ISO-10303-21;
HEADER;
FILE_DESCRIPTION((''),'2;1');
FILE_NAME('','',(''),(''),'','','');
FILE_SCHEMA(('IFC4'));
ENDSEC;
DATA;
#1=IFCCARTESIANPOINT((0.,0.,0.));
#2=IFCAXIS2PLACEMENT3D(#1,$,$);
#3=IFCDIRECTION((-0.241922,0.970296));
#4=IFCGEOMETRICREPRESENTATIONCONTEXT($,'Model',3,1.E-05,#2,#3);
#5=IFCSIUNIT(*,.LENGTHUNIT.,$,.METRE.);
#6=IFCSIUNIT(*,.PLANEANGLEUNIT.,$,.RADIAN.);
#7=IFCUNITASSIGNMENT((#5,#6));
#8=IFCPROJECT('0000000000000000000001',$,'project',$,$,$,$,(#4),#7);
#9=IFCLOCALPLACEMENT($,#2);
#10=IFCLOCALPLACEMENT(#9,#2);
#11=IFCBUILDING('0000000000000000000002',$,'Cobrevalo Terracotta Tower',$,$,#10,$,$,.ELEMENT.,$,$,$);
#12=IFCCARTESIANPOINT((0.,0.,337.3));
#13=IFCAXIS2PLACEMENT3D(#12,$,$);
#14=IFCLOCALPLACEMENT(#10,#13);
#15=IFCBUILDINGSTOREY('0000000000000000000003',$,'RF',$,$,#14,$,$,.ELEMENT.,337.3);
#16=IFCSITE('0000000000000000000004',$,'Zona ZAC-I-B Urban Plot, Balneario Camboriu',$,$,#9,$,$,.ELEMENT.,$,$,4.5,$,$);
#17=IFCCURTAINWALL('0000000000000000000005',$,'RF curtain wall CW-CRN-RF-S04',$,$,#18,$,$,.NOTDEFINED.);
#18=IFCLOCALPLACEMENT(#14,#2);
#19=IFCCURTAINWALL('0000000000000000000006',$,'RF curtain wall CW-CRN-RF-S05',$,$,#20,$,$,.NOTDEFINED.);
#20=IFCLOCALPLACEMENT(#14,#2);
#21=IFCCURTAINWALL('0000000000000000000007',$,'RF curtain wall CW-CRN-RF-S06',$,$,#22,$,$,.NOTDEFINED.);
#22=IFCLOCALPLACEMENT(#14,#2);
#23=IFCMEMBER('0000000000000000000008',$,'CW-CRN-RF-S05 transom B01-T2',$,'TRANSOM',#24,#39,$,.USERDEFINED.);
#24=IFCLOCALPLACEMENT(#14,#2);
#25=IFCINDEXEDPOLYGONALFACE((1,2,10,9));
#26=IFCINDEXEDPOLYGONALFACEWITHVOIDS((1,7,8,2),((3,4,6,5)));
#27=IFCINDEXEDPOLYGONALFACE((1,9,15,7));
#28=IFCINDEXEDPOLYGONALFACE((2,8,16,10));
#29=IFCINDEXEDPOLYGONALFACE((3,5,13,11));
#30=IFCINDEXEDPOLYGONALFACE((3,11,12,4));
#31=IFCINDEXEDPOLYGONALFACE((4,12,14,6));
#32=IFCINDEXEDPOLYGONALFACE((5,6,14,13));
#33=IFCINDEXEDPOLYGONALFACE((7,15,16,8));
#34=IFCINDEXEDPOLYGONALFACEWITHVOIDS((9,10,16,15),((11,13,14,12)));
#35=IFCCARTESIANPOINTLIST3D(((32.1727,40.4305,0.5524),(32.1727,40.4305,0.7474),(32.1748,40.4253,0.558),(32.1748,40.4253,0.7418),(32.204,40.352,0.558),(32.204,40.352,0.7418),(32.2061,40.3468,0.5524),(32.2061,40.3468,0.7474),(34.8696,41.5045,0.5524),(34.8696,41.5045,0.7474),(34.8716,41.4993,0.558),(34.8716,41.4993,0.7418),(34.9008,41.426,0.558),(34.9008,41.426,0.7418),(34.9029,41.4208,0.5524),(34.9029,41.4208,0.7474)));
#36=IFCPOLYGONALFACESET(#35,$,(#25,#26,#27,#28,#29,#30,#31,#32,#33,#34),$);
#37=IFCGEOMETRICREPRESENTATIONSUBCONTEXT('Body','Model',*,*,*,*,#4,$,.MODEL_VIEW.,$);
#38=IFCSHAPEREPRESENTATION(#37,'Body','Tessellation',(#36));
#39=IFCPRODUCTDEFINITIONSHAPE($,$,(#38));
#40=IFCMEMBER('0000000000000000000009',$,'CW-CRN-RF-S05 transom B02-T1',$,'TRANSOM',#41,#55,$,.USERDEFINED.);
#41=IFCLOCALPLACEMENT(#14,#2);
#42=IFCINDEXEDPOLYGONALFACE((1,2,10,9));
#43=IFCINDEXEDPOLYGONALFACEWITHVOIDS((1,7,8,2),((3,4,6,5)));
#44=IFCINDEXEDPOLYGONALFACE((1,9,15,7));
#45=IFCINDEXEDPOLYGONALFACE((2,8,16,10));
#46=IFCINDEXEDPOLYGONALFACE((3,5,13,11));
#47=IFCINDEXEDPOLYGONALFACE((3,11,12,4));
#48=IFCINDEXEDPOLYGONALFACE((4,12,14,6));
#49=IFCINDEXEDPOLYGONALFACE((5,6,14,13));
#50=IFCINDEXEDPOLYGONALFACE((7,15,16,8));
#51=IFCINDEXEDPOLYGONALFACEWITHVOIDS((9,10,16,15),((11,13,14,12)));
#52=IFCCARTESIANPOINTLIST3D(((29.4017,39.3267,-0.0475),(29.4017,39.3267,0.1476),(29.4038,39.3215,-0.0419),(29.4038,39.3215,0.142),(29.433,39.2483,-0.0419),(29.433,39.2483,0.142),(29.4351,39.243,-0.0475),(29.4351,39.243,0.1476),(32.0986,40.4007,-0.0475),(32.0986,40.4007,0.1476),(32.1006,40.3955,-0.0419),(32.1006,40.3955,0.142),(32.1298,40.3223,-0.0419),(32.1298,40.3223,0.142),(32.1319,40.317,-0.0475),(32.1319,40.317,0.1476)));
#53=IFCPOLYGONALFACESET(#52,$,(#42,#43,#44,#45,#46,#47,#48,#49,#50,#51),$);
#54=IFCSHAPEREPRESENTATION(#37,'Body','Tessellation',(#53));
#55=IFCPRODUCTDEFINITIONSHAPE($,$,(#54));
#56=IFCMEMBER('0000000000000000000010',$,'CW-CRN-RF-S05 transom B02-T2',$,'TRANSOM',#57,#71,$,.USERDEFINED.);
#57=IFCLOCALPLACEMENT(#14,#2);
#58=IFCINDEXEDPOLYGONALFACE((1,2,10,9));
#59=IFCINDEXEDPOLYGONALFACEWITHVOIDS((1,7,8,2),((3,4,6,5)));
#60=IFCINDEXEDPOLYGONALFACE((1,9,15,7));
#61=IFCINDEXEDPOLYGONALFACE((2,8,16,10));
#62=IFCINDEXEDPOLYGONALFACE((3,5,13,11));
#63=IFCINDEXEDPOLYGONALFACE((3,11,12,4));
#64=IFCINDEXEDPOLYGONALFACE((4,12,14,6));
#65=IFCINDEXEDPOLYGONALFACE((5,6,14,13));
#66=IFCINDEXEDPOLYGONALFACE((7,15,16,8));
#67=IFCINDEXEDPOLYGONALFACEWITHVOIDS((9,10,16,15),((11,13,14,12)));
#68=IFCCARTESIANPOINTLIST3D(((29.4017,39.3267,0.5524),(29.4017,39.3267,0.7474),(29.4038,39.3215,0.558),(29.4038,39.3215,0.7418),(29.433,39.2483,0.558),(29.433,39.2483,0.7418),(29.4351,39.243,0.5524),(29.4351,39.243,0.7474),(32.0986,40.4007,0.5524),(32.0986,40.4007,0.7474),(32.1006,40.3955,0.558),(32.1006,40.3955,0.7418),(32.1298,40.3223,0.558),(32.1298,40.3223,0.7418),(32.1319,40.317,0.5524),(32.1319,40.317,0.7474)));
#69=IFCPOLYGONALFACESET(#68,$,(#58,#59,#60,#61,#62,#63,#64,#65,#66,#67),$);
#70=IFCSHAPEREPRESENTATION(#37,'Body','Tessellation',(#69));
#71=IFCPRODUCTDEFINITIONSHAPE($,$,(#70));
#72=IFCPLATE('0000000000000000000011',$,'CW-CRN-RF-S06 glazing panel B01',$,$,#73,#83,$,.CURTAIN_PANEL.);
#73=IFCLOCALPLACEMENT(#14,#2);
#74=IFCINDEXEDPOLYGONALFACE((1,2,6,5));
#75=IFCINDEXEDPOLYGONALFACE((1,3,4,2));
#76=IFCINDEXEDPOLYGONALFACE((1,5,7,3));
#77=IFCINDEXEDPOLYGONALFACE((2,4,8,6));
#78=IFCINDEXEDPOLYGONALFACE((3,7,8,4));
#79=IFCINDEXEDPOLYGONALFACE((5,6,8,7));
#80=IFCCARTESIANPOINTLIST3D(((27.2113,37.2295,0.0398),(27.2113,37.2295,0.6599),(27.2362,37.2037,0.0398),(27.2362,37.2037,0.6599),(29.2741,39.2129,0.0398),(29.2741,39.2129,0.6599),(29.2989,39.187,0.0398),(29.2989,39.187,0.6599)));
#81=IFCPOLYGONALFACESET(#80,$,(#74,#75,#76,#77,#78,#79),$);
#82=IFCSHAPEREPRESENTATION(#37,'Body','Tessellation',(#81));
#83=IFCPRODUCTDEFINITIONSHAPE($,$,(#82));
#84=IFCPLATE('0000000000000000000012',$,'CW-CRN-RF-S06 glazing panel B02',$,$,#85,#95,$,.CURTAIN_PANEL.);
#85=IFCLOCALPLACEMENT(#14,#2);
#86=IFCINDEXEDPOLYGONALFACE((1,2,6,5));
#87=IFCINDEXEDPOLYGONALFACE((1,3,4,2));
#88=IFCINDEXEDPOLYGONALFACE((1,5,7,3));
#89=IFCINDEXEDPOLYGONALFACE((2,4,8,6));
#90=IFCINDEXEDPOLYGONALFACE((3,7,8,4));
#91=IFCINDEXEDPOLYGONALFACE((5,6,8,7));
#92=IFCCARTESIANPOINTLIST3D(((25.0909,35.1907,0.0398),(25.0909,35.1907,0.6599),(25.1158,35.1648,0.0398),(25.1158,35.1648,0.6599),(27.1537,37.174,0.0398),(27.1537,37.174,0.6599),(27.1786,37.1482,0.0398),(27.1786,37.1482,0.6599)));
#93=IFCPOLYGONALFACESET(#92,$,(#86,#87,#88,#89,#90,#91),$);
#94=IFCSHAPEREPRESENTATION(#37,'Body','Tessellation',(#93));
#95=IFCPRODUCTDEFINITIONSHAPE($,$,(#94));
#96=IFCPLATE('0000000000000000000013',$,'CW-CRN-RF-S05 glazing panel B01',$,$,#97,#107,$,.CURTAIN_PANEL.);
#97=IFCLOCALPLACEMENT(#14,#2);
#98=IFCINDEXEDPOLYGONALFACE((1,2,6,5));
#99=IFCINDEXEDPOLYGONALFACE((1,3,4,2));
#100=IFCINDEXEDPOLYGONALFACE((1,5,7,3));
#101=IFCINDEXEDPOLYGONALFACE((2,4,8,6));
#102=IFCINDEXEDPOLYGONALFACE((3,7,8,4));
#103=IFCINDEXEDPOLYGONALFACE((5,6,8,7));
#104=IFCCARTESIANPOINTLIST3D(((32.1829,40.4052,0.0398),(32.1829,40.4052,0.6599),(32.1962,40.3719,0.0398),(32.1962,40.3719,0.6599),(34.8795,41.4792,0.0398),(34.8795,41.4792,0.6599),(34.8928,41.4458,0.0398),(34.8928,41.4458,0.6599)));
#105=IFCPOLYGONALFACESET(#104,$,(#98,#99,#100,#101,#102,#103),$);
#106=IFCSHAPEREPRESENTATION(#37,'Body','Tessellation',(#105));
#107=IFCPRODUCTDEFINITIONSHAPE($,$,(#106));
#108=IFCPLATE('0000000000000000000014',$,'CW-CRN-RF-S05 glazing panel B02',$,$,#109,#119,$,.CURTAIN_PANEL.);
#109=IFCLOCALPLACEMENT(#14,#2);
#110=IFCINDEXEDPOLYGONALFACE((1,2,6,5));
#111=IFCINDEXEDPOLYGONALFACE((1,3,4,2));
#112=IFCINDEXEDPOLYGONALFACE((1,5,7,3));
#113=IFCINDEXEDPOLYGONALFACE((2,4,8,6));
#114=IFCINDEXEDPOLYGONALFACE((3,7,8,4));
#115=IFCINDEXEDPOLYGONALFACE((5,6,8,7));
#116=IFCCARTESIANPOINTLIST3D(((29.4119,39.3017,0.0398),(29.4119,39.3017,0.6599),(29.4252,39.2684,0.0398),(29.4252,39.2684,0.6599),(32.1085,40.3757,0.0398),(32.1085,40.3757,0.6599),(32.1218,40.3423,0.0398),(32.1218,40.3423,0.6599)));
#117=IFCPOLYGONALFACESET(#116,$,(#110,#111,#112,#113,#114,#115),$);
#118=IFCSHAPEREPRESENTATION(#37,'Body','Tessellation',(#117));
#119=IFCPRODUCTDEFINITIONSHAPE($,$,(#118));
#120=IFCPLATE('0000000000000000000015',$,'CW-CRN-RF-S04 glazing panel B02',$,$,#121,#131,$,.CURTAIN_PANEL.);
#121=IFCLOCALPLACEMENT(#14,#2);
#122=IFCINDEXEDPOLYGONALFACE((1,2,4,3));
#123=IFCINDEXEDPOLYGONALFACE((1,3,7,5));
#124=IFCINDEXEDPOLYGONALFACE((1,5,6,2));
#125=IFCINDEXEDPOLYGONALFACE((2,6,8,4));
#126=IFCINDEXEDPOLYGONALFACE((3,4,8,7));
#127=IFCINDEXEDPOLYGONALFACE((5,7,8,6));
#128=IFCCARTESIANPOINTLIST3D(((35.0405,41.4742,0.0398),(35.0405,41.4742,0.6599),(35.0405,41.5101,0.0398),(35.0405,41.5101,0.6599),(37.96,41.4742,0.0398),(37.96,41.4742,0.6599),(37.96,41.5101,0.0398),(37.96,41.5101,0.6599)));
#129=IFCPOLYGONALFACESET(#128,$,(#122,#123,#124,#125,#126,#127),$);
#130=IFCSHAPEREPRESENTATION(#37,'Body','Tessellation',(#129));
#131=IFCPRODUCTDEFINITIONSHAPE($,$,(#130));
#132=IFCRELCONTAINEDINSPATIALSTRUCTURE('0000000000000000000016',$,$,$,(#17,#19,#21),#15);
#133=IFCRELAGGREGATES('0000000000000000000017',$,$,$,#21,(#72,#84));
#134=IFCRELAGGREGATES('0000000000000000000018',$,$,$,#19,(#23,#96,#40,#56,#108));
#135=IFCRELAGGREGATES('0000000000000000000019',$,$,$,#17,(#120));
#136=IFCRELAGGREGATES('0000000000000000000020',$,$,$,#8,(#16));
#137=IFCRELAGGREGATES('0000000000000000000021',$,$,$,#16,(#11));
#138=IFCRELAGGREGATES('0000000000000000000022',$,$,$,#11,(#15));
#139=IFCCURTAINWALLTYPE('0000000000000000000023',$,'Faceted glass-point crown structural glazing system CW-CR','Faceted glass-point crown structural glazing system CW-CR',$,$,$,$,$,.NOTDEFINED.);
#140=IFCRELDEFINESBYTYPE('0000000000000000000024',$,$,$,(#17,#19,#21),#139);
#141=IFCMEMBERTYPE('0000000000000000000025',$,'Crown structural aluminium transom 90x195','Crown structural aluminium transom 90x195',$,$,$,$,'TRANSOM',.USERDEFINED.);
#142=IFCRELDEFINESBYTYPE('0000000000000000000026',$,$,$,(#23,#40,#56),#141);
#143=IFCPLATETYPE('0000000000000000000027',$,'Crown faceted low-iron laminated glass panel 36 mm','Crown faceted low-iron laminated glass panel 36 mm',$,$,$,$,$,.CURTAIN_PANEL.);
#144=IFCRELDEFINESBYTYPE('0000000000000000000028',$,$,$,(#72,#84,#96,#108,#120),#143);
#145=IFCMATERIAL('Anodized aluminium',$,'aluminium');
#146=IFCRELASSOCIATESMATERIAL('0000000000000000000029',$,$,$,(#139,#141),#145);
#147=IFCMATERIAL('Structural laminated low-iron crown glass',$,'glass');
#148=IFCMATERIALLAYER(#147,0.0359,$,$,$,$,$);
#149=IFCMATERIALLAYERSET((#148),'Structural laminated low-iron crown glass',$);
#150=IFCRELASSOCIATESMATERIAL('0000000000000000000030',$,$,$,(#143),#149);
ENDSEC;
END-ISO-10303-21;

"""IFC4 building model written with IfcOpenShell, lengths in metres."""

from ifc_helpers import new_model, si_unit, direction, frame, origin, origin_2d, place, context, subcontext, project, spatial, rectangle, hollow_rectangle, extrude, source, transform, mapped, material, layer, layer_set, material_profile, profile_set, type_object, element, aggregate, save


model = new_model("IFC4")

# Units and contexts
model_context = context("Model", 3, precision=1e-05, world=origin(), true_north=direction((-0.241922, 0.970296)))
body_context = subcontext(model_context, "Body", "Model", "MODEL_VIEW")
ifc_project = project(units=[si_unit("LENGTHUNIT", "METRE"), si_unit("PLANEANGLEUNIT", "RADIAN")], contexts=[model_context])

# Site, building, storey
site_placement = place(None, origin())
site = spatial("IfcSite", under=ifc_project, at=site_placement, Name="Zona ZAC-I-B Urban Plot, Balneario Camboriu", CompositionType="ELEMENT", RefElevation=4.5)
building_placement = place(site_placement, origin())
building = spatial("IfcBuilding", under=site, at=building_placement, Name="Cobrevalo Terracotta Tower", CompositionType="ELEMENT")
storey_placement = place(building_placement, frame((0.0, 0.0, 337.3)))
storey = spatial("IfcBuildingStorey", under=building, at=storey_placement, Name="RF", CompositionType="ELEMENT", Elevation=337.3)

# Curtain wall
ifc_material_1 = material(Name="Anodized aluminium", Category="aluminium")
curtain_wall_type = type_object("IfcCurtainWallType", Name="Faceted glass-point crown structural glazing system CW-CR", Description="Faceted glass-point crown structural glazing system CW-CR", PredefinedType="NOTDEFINED", material=ifc_material_1)
curtain_wall_1_placement = place(storey_placement, origin())
curtain_wall_1 = element("IfcCurtainWall", 1, at=curtain_wall_1_placement, inside=storey, type_object=curtain_wall_type, Name="RF curtain wall CW-CRN-RF-S04", PredefinedType="NOTDEFINED")

# Curtain walls
curtain_wall_2_placement = place(storey_placement, origin())
curtain_wall_2 = element("IfcCurtainWall", 2, at=curtain_wall_2_placement, inside=storey, type_object=curtain_wall_type, Name="RF curtain wall CW-CRN-RF-S05", PredefinedType="NOTDEFINED")
curtain_wall_3_placement = place(storey_placement, origin())
curtain_wall_3 = element("IfcCurtainWall", 3, at=curtain_wall_3_placement, inside=storey, type_object=curtain_wall_type, Name="RF curtain wall CW-CRN-RF-S06", PredefinedType="NOTDEFINED")
ifc_material_profile_1 = material_profile(ifc_material_1, hollow_rectangle(XDim=0.0901, YDim=0.1951, WallThickness=0.0056, at=origin_2d()), Name="CWT 90x195")
ifc_profile_set_1 = profile_set([ifc_material_profile_1], Name="Anodized aluminium")
member_type_1 = type_object("IfcMemberType", Name="Crown structural aluminium transom 90x195", Description="Crown structural aluminium transom 90x195", ElementType="TRANSOM", PredefinedType="USERDEFINED", material=ifc_profile_set_1)

# Members
shared_shape_1 = source(origin(), body_context, "Body", "SweptSolid", [
    extrude(hollow_rectangle(XDim=0.0901, YDim=0.1951, WallThickness=0.0056, at=origin_2d()), origin(), (0.0, 0.0, 1.0), 2.9028),
])
member_1_placement = place(storey_placement, frame((34.8862, 41.4626, 0.6499), z_axis=(-0.929038, -0.369984, 0.0), x_axis=(0.369984, -0.929038, 0.0)))
member_1 = element("IfcMember", 4, at=member_1_placement, type_object=member_type_1, Name="CW-CRN-RF-S05 transom B01-T2", ObjectType="TRANSOM", PredefinedType="USERDEFINED", context=body_context, shape_type="MappedRepresentation", body=[
    mapped(shared_shape_1, transform((0.0, 0.0, 0.0), scale=1.0)),
])
member_2_placement = place(storey_placement, frame((32.1152, 40.3589, 0.05), z_axis=(-0.929038, -0.369984, 0.0), x_axis=(0.369984, -0.929038, 0.0)))
member_2 = element("IfcMember", 5, at=member_2_placement, type_object=member_type_1, Name="CW-CRN-RF-S05 transom B02-T1", ObjectType="TRANSOM", PredefinedType="USERDEFINED", context=body_context, shape_type="MappedRepresentation", body=[
    mapped(shared_shape_1, transform((0.0, 0.0, 0.0), scale=1.0)),
])
member_3_placement = place(storey_placement, frame((32.1152, 40.3589, 0.6499), z_axis=(-0.929038, -0.369984, 0.0), x_axis=(0.369984, -0.929038, 0.0)))
member_3 = element("IfcMember", 6, at=member_3_placement, type_object=member_type_1, Name="CW-CRN-RF-S05 transom B02-T2", ObjectType="TRANSOM", PredefinedType="USERDEFINED", context=body_context, shape_type="MappedRepresentation", body=[
    mapped(shared_shape_1, transform((0.0, 0.0, 0.0), scale=1.0)),
])

# Plates
ifc_material_2 = material(Name="Structural laminated low-iron crown glass", Category="glass")
ifc_layer = layer(ifc_material_2, 0.0359)
ifc_layer_set = layer_set([ifc_layer], Name="Structural laminated low-iron crown glass")
plate_type = type_object("IfcPlateType", Name="Crown faceted low-iron laminated glass panel 36 mm", Description="Crown faceted low-iron laminated glass panel 36 mm", PredefinedType="CURTAIN_PANEL", material=ifc_layer_set)
shared_shape_2 = source(origin(), body_context, "Body", "SweptSolid", [
    extrude(rectangle(XDim=2.8616, YDim=0.0359, at=origin_2d()), origin(), (0.0, 0.0, 1.0), 0.6201),
])
plate_1_placement = place(storey_placement, frame((28.2551, 38.2083, 0.0398), z_axis=(0.0, 0.0, 1.0), x_axis=(-0.720851, -0.69309, 0.0)))
plate_1 = element("IfcPlate", 7, at=plate_1_placement, type_object=plate_type, Name="CW-CRN-RF-S06 glazing panel B01", PredefinedType="CURTAIN_PANEL", context=body_context, shape_type="MappedRepresentation", body=[
    mapped(shared_shape_2, transform((0.0, 0.0, 0.0), scale=1.0)),
])
plate_2_placement = place(storey_placement, frame((26.1348, 36.1694, 0.0398), z_axis=(0.0, 0.0, 1.0), x_axis=(-0.720851, -0.69309, 0.0)))
plate_2 = element("IfcPlate", 8, at=plate_2_placement, type_object=plate_type, Name="CW-CRN-RF-S06 glazing panel B02", PredefinedType="CURTAIN_PANEL", context=body_context, shape_type="MappedRepresentation", body=[
    mapped(shared_shape_2, transform((0.0, 0.0, 0.0), scale=1.0)),
])
aggregate(curtain_wall_3, [plate_1, plate_2])
shared_shape_3 = source(origin(), body_context, "Body", "SweptSolid", [
    extrude(rectangle(XDim=2.9026, YDim=0.0359, at=origin_2d()), origin(), (0.0, 0.0, 1.0), 0.6201),
])
plate_3_placement = place(storey_placement, frame((33.5378, 40.9255, 0.0398), z_axis=(0.0, 0.0, 1.0), x_axis=(-0.929033, -0.369998, 0.0)))
plate_3 = element("IfcPlate", 9, at=plate_3_placement, type_object=plate_type, Name="CW-CRN-RF-S05 glazing panel B01", PredefinedType="CURTAIN_PANEL", context=body_context, shape_type="MappedRepresentation", body=[
    mapped(shared_shape_3, transform((0.0, 0.0, 0.0), scale=1.0)),
])
plate_4_placement = place(storey_placement, frame((30.7668, 39.822, 0.0398), z_axis=(0.0, 0.0, 1.0), x_axis=(-0.929033, -0.369998, 0.0)))
plate_4 = element("IfcPlate", 10, at=plate_4_placement, type_object=plate_type, Name="CW-CRN-RF-S05 glazing panel B02", PredefinedType="CURTAIN_PANEL", context=body_context, shape_type="MappedRepresentation", body=[
    mapped(shared_shape_3, transform((0.0, 0.0, 0.0), scale=1.0)),
])
aggregate(curtain_wall_2, [member_1, plate_3, member_2, member_3, plate_4])
shared_shape_4 = source(origin(), body_context, "Body", "SweptSolid", [
    extrude(rectangle(XDim=2.9194, YDim=0.0359, at=origin_2d()), origin(), (0.0, 0.0, 1.0), 0.6201),
])
plate_5_placement = place(storey_placement, frame((36.5002, 41.4922, 0.0398), z_axis=(0.0, 0.0, 1.0), x_axis=(-1.0, 0.0, 0.0)))
plate_5 = element("IfcPlate", 11, at=plate_5_placement, type_object=plate_type, Name="CW-CRN-RF-S04 glazing panel B02", PredefinedType="CURTAIN_PANEL", context=body_context, shape_type="MappedRepresentation", body=[
    mapped(shared_shape_4, transform((0.0, 0.0, 0.0), scale=1.0)),
])
aggregate(curtain_wall_1, [plate_5])

save(model, "model.ifc")
